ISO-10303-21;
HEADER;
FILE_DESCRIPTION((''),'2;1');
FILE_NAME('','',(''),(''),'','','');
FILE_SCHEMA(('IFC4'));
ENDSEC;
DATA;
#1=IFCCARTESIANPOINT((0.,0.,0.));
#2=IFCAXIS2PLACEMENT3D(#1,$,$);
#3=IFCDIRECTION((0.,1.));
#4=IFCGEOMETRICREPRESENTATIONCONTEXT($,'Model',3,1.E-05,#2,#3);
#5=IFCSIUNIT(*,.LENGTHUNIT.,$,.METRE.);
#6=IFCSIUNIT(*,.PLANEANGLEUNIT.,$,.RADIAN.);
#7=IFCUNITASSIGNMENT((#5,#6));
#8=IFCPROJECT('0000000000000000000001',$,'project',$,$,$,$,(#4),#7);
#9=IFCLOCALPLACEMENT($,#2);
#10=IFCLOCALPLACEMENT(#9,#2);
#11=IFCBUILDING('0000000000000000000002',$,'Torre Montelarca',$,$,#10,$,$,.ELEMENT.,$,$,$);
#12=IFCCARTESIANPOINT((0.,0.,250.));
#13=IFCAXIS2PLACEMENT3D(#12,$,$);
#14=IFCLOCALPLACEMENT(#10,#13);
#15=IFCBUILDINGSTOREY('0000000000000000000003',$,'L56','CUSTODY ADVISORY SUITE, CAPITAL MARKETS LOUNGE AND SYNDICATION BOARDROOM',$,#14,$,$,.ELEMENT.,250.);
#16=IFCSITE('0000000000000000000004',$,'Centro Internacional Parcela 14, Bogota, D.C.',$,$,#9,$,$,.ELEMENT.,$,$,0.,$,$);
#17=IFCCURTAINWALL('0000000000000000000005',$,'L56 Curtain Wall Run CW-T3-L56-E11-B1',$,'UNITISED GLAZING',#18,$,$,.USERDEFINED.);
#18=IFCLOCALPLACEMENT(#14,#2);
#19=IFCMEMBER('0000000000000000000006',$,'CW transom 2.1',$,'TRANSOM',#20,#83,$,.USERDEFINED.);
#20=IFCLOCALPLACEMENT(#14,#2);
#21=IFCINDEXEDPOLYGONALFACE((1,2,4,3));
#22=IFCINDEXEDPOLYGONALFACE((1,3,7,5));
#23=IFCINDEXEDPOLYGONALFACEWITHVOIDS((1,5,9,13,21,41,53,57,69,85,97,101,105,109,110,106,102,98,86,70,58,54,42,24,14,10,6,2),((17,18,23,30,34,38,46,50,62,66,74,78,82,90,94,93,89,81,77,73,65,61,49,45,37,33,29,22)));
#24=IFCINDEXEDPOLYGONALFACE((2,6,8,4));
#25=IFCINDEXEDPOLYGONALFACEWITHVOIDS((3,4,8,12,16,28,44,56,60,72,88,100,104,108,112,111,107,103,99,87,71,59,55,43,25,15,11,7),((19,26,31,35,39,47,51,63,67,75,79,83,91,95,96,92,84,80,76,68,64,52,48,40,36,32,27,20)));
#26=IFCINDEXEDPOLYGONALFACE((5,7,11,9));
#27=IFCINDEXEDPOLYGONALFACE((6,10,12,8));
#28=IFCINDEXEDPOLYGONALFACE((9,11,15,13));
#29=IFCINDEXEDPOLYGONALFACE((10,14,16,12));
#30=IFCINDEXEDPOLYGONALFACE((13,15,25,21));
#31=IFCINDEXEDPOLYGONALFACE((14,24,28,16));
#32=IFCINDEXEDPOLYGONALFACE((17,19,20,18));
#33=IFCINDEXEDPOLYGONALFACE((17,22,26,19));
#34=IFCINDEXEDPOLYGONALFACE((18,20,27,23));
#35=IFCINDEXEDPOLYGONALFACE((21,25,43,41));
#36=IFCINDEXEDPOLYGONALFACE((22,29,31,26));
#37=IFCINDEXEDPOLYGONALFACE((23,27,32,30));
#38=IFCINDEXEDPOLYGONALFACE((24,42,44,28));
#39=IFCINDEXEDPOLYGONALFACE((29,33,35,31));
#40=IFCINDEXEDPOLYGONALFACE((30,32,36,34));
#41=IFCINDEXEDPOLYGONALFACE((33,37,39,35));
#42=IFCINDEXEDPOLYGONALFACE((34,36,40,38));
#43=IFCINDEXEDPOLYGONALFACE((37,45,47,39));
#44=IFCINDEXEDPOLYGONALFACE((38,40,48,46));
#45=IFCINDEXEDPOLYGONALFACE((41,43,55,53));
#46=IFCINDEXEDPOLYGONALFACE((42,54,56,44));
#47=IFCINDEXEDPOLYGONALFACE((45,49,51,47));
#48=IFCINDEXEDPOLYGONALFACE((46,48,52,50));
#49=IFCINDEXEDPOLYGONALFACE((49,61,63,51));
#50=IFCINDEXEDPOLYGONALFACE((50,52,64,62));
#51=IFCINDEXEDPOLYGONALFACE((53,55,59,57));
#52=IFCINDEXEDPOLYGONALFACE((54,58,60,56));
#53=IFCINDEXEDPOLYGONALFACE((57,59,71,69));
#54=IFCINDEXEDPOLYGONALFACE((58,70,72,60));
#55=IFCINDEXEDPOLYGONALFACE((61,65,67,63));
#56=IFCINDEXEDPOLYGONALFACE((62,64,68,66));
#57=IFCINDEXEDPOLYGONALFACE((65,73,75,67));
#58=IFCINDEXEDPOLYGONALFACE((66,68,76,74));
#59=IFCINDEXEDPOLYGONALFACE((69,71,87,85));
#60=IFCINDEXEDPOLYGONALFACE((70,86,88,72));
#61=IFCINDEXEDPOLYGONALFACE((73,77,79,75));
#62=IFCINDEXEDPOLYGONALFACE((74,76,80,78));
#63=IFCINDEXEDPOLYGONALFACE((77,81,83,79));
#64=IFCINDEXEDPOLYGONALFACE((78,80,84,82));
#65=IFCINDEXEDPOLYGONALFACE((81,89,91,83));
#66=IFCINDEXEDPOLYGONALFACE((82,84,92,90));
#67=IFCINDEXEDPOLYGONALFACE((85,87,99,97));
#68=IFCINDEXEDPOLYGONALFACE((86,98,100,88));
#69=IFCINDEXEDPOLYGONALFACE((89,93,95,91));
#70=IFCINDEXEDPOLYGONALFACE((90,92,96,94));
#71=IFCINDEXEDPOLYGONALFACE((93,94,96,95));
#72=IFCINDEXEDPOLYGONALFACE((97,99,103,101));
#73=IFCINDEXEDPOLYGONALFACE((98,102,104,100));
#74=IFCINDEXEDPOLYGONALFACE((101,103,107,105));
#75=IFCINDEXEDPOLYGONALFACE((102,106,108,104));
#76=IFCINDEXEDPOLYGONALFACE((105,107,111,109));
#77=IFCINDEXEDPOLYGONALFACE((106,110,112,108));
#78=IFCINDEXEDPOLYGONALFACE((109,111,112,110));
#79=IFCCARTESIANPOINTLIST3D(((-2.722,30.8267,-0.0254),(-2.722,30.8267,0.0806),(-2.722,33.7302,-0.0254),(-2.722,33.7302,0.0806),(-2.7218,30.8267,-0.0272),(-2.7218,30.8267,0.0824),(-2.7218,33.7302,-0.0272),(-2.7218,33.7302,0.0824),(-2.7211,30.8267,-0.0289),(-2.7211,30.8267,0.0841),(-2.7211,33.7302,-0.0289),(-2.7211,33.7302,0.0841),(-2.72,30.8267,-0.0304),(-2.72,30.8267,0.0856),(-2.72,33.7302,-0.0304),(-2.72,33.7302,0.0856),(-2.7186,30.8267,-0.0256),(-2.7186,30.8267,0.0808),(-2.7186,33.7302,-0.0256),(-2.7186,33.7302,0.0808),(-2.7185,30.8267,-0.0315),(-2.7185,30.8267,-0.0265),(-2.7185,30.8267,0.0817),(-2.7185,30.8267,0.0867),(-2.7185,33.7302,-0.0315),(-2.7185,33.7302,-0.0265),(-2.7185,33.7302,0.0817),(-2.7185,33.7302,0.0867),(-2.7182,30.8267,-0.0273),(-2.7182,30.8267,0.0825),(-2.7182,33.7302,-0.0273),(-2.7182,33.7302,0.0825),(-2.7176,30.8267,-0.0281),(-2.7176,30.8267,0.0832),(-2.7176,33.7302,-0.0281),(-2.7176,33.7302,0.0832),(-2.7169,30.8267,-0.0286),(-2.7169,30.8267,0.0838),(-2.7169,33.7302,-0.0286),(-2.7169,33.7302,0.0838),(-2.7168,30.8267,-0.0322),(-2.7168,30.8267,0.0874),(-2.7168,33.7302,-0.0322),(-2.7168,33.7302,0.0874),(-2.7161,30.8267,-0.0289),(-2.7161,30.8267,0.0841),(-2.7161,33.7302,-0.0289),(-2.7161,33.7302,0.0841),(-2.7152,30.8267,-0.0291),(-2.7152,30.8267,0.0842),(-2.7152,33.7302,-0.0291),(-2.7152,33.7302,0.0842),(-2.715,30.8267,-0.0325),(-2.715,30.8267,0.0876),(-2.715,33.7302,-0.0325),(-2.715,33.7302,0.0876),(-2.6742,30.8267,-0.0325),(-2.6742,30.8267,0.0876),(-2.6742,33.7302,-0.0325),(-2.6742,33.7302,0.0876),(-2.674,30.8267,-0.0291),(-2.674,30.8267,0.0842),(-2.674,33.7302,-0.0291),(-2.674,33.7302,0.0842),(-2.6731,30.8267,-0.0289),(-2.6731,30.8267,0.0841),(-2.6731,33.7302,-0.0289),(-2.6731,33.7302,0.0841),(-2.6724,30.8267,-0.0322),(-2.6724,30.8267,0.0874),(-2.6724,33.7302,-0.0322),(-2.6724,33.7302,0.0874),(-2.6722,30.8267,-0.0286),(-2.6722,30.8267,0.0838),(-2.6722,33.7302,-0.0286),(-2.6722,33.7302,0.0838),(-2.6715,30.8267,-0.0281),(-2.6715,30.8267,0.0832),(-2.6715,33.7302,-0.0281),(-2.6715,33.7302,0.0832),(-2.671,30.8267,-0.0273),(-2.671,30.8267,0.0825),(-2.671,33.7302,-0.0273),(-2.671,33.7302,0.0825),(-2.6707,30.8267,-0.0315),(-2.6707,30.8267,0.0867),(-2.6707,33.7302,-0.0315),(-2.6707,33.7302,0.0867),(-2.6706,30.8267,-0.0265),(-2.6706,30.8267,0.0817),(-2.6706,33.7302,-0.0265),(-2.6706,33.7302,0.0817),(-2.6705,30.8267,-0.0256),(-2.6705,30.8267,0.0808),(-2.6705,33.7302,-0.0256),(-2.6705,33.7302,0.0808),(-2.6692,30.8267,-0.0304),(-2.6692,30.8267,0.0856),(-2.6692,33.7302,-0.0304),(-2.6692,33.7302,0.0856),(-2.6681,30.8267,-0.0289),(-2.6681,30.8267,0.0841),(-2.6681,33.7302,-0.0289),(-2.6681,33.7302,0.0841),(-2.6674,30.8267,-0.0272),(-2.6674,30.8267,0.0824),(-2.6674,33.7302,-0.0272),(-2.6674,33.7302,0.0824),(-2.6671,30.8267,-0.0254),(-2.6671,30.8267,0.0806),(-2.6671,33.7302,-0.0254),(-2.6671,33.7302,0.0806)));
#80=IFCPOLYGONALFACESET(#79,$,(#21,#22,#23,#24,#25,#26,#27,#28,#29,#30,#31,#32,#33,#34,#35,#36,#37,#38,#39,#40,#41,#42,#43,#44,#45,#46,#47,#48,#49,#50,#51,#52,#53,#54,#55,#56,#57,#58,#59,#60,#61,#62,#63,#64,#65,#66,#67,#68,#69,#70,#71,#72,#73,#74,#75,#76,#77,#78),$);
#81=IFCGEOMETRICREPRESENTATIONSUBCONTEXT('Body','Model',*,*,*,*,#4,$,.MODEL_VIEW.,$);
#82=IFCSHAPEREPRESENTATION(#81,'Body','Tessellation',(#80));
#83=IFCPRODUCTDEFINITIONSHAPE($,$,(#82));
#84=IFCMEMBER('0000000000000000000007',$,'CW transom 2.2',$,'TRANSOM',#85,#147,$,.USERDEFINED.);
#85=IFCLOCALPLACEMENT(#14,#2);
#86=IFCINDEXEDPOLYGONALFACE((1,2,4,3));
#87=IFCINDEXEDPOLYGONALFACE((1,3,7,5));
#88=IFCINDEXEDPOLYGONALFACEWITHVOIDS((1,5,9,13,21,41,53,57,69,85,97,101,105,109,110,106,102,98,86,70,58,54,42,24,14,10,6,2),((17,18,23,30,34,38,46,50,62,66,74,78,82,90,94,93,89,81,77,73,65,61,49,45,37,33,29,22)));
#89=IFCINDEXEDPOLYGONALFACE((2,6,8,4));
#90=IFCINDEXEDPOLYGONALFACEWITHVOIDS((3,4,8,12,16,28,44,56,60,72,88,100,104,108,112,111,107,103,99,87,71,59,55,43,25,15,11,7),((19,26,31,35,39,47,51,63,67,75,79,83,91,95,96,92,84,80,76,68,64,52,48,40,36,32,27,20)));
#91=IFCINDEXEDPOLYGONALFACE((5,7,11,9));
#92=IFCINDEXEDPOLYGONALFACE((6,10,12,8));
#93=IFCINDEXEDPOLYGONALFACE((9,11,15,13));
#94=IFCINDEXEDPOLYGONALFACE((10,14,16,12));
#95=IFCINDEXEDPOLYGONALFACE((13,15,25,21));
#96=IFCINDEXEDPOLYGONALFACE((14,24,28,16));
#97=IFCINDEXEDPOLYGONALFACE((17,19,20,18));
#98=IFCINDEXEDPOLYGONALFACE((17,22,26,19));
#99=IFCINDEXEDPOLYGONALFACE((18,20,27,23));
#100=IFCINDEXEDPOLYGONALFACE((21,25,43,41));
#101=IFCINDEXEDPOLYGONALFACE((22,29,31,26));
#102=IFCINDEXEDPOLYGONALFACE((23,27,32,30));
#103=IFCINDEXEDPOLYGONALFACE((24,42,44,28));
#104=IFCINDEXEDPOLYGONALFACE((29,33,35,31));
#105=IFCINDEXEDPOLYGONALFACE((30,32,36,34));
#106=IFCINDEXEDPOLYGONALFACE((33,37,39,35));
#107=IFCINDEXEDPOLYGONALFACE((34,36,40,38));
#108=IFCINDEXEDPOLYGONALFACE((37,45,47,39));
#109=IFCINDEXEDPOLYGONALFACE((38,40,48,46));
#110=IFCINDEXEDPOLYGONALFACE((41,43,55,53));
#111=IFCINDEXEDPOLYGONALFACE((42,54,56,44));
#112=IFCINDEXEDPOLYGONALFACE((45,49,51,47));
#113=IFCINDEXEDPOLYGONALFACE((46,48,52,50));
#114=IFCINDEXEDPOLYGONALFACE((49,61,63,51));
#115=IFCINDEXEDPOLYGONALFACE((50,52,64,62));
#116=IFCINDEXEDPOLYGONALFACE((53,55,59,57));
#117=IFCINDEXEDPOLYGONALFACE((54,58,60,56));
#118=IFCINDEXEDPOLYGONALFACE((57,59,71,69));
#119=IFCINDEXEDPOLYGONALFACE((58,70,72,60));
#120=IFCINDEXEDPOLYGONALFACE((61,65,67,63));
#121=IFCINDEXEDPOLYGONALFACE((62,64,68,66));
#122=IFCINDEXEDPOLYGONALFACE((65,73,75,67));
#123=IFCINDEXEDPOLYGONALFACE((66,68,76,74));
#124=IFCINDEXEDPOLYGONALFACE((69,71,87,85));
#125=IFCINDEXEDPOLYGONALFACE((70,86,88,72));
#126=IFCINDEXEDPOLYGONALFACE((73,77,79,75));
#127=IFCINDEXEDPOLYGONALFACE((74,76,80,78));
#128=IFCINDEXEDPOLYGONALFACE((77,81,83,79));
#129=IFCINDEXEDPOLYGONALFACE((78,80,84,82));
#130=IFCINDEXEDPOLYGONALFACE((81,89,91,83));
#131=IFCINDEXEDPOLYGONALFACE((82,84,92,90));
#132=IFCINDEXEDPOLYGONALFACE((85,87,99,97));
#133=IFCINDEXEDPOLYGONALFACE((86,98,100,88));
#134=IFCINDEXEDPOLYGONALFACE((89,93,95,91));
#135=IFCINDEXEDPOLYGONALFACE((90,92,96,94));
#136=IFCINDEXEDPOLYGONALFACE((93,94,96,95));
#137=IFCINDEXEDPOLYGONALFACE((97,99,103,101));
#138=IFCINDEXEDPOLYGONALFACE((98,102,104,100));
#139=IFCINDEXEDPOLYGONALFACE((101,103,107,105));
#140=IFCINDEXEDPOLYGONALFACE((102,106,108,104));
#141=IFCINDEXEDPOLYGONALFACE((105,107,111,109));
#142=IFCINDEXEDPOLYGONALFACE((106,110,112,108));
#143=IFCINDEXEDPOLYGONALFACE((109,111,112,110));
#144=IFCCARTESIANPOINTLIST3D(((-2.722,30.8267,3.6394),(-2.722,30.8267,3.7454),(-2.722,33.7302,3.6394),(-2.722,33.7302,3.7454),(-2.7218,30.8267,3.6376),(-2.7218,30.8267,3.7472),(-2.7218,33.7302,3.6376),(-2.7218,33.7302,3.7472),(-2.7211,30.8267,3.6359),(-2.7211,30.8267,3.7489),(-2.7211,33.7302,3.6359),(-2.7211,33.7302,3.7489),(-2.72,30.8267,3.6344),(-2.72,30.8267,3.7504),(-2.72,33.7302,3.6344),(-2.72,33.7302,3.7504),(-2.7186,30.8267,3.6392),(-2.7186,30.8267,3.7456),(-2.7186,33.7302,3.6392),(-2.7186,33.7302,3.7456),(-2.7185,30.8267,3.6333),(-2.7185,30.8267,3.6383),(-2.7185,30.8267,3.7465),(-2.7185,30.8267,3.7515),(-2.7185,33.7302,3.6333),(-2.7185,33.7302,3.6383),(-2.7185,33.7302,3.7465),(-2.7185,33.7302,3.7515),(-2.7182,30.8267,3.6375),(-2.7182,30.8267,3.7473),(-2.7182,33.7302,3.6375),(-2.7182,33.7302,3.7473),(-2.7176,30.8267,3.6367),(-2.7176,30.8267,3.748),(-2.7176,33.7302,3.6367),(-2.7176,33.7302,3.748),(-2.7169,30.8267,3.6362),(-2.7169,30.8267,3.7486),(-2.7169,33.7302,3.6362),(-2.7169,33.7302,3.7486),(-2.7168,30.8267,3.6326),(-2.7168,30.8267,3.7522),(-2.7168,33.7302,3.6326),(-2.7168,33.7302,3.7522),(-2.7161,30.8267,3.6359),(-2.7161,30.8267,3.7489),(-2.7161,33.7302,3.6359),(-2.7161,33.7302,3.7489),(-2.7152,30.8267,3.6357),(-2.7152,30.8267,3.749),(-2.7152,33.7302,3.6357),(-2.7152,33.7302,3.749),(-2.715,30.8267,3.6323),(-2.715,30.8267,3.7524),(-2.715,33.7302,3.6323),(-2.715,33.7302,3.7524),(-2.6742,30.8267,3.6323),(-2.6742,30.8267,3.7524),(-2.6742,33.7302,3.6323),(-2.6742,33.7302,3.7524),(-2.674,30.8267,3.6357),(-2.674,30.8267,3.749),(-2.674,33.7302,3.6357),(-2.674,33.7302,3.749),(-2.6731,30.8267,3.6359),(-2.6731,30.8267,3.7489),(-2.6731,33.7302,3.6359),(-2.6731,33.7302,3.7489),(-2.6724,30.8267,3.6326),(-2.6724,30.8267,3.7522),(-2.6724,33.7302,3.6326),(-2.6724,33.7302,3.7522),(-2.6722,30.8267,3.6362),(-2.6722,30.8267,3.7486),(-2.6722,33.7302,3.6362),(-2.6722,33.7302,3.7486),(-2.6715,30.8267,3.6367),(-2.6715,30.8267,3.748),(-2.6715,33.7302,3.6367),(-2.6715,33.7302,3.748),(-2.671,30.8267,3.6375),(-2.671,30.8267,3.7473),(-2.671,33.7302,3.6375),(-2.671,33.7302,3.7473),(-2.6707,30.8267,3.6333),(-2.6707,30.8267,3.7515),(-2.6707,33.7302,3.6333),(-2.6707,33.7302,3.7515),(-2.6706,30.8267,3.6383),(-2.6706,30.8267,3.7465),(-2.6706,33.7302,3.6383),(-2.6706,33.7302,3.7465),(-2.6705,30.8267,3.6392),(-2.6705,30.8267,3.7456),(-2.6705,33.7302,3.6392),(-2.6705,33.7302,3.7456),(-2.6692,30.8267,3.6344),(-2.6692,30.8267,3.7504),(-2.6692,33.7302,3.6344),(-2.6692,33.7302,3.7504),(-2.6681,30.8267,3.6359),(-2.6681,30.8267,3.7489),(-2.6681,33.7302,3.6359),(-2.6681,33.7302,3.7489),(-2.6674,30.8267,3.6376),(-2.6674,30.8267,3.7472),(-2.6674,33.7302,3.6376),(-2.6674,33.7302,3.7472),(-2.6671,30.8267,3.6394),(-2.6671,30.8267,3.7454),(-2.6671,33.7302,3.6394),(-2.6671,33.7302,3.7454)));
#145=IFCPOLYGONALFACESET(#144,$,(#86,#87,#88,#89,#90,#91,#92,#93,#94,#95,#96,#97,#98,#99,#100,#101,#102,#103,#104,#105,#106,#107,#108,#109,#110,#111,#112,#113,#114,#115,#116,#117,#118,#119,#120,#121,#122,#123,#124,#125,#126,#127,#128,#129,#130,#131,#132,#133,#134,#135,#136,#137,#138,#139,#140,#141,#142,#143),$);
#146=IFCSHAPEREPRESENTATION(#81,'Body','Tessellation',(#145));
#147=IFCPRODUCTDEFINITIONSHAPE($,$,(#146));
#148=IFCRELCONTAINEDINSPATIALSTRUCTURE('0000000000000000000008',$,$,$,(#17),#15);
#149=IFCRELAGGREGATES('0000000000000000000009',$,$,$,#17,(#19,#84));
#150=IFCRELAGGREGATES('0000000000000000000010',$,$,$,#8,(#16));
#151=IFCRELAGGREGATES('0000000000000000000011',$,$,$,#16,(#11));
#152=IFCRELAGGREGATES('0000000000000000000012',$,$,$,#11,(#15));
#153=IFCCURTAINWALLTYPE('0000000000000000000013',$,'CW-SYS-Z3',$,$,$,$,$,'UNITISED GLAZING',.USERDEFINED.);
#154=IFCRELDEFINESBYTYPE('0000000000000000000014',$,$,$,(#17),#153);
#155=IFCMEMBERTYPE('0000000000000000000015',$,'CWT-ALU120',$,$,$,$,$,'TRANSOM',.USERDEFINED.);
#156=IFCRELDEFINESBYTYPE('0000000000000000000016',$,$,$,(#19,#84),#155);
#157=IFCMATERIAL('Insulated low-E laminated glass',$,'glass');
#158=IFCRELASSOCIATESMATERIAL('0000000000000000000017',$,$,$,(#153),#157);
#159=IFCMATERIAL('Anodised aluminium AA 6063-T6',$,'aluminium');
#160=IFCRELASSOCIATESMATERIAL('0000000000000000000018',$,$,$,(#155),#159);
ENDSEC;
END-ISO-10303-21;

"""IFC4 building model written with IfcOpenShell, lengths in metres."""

from ifc_helpers import new_model, si_unit, direction, frame, origin, origin_2d, place, context, subcontext, project, spatial, hollow_rectangle, extrude, source, transform, mapped, material, material_profile, profile_set, type_object, element, aggregate, save


model = new_model("IFC4")

# Units and contexts
model_context = context("Model", 3, precision=1e-05, world=origin(), true_north=direction((0.0, 1.0)))
body_context = subcontext(model_context, "Body", "Model", "MODEL_VIEW")
ifc_project = project(units=[si_unit("LENGTHUNIT", "METRE"), si_unit("PLANEANGLEUNIT", "RADIAN")], contexts=[model_context])

# Site, building, storey
site_placement = place(None, origin())
site = spatial("IfcSite", under=ifc_project, at=site_placement, Name="Centro Internacional Parcela 14, Bogota, D.C.", CompositionType="ELEMENT", RefElevation=0.0)
building_placement = place(site_placement, origin())
building = spatial("IfcBuilding", under=site, at=building_placement, Name="Torre Montelarca", CompositionType="ELEMENT")
storey_placement = place(building_placement, frame((0.0, 0.0, 250.0)))
storey = spatial("IfcBuildingStorey", under=building, at=storey_placement, Name="L56", Description="CUSTODY ADVISORY SUITE, CAPITAL MARKETS LOUNGE AND SYNDICATION BOARDROOM", CompositionType="ELEMENT", Elevation=250.0)

# Curtain wall, members
ifc_material_1 = material(Name="Insulated low-E laminated glass", Category="glass")
curtain_wall_type = type_object("IfcCurtainWallType", Name="CW-SYS-Z3", ElementType="UNITISED GLAZING", PredefinedType="USERDEFINED", material=ifc_material_1)
curtain_wall_placement = place(storey_placement, origin())
curtain_wall = element("IfcCurtainWall", 1, at=curtain_wall_placement, inside=storey, type_object=curtain_wall_type, Name="L56 Curtain Wall Run CW-T3-L56-E11-B1", ObjectType="UNITISED GLAZING", PredefinedType="USERDEFINED")
ifc_material_2 = material(Name="Anodised aluminium AA 6063-T6", Category="aluminium")
ifc_material_profile_1 = material_profile(ifc_material_2, hollow_rectangle(XDim=0.0549, YDim=0.1201, WallThickness=0.0034, InnerFilletRadius=0.0034, OuterFilletRadius=0.0071, at=origin_2d()), Name="ALU55X120X3.5", Category="aluminium")
ifc_profile_set_1 = profile_set([ifc_material_profile_1], Name="Anodised aluminium AA 6063-T6")
member_type_1 = type_object("IfcMemberType", Name="CWT-ALU120", ElementType="TRANSOM", PredefinedType="USERDEFINED", material=ifc_profile_set_1)
shared_shape_1 = source(origin(), body_context, "Body", "SweptSolid", [
    extrude(hollow_rectangle(XDim=0.0549, YDim=0.1201, WallThickness=0.0034, InnerFilletRadius=0.0034, OuterFilletRadius=0.0071, at=origin_2d()), origin(), (0.0, 0.0, 1.0), 2.9036),
])
member_1_placement = place(storey_placement, frame((-2.6946, 33.7302, 0.0276), z_axis=(0.0, -1.0, 0.0), x_axis=(1.0, 0.0, 0.0)))
member_1 = element("IfcMember", 2, at=member_1_placement, type_object=member_type_1, Name="CW transom 2.1", ObjectType="TRANSOM", PredefinedType="USERDEFINED", context=body_context, shape_type="MappedRepresentation", body=[
    mapped(shared_shape_1, transform((0.0, 0.0, 0.0), scale=1.0)),
])
member_2_placement = place(storey_placement, frame((-2.6946, 33.7302, 3.6924), z_axis=(0.0, -1.0, 0.0), x_axis=(1.0, 0.0, 0.0)))
member_2 = element("IfcMember", 3, at=member_2_placement, type_object=member_type_1, Name="CW transom 2.2", ObjectType="TRANSOM", PredefinedType="USERDEFINED", context=body_context, shape_type="MappedRepresentation", body=[
    mapped(shared_shape_1, transform((0.0, 0.0, 0.0), scale=1.0)),
])
aggregate(curtain_wall, [member_1, member_2])

save(model, "model.ifc")
